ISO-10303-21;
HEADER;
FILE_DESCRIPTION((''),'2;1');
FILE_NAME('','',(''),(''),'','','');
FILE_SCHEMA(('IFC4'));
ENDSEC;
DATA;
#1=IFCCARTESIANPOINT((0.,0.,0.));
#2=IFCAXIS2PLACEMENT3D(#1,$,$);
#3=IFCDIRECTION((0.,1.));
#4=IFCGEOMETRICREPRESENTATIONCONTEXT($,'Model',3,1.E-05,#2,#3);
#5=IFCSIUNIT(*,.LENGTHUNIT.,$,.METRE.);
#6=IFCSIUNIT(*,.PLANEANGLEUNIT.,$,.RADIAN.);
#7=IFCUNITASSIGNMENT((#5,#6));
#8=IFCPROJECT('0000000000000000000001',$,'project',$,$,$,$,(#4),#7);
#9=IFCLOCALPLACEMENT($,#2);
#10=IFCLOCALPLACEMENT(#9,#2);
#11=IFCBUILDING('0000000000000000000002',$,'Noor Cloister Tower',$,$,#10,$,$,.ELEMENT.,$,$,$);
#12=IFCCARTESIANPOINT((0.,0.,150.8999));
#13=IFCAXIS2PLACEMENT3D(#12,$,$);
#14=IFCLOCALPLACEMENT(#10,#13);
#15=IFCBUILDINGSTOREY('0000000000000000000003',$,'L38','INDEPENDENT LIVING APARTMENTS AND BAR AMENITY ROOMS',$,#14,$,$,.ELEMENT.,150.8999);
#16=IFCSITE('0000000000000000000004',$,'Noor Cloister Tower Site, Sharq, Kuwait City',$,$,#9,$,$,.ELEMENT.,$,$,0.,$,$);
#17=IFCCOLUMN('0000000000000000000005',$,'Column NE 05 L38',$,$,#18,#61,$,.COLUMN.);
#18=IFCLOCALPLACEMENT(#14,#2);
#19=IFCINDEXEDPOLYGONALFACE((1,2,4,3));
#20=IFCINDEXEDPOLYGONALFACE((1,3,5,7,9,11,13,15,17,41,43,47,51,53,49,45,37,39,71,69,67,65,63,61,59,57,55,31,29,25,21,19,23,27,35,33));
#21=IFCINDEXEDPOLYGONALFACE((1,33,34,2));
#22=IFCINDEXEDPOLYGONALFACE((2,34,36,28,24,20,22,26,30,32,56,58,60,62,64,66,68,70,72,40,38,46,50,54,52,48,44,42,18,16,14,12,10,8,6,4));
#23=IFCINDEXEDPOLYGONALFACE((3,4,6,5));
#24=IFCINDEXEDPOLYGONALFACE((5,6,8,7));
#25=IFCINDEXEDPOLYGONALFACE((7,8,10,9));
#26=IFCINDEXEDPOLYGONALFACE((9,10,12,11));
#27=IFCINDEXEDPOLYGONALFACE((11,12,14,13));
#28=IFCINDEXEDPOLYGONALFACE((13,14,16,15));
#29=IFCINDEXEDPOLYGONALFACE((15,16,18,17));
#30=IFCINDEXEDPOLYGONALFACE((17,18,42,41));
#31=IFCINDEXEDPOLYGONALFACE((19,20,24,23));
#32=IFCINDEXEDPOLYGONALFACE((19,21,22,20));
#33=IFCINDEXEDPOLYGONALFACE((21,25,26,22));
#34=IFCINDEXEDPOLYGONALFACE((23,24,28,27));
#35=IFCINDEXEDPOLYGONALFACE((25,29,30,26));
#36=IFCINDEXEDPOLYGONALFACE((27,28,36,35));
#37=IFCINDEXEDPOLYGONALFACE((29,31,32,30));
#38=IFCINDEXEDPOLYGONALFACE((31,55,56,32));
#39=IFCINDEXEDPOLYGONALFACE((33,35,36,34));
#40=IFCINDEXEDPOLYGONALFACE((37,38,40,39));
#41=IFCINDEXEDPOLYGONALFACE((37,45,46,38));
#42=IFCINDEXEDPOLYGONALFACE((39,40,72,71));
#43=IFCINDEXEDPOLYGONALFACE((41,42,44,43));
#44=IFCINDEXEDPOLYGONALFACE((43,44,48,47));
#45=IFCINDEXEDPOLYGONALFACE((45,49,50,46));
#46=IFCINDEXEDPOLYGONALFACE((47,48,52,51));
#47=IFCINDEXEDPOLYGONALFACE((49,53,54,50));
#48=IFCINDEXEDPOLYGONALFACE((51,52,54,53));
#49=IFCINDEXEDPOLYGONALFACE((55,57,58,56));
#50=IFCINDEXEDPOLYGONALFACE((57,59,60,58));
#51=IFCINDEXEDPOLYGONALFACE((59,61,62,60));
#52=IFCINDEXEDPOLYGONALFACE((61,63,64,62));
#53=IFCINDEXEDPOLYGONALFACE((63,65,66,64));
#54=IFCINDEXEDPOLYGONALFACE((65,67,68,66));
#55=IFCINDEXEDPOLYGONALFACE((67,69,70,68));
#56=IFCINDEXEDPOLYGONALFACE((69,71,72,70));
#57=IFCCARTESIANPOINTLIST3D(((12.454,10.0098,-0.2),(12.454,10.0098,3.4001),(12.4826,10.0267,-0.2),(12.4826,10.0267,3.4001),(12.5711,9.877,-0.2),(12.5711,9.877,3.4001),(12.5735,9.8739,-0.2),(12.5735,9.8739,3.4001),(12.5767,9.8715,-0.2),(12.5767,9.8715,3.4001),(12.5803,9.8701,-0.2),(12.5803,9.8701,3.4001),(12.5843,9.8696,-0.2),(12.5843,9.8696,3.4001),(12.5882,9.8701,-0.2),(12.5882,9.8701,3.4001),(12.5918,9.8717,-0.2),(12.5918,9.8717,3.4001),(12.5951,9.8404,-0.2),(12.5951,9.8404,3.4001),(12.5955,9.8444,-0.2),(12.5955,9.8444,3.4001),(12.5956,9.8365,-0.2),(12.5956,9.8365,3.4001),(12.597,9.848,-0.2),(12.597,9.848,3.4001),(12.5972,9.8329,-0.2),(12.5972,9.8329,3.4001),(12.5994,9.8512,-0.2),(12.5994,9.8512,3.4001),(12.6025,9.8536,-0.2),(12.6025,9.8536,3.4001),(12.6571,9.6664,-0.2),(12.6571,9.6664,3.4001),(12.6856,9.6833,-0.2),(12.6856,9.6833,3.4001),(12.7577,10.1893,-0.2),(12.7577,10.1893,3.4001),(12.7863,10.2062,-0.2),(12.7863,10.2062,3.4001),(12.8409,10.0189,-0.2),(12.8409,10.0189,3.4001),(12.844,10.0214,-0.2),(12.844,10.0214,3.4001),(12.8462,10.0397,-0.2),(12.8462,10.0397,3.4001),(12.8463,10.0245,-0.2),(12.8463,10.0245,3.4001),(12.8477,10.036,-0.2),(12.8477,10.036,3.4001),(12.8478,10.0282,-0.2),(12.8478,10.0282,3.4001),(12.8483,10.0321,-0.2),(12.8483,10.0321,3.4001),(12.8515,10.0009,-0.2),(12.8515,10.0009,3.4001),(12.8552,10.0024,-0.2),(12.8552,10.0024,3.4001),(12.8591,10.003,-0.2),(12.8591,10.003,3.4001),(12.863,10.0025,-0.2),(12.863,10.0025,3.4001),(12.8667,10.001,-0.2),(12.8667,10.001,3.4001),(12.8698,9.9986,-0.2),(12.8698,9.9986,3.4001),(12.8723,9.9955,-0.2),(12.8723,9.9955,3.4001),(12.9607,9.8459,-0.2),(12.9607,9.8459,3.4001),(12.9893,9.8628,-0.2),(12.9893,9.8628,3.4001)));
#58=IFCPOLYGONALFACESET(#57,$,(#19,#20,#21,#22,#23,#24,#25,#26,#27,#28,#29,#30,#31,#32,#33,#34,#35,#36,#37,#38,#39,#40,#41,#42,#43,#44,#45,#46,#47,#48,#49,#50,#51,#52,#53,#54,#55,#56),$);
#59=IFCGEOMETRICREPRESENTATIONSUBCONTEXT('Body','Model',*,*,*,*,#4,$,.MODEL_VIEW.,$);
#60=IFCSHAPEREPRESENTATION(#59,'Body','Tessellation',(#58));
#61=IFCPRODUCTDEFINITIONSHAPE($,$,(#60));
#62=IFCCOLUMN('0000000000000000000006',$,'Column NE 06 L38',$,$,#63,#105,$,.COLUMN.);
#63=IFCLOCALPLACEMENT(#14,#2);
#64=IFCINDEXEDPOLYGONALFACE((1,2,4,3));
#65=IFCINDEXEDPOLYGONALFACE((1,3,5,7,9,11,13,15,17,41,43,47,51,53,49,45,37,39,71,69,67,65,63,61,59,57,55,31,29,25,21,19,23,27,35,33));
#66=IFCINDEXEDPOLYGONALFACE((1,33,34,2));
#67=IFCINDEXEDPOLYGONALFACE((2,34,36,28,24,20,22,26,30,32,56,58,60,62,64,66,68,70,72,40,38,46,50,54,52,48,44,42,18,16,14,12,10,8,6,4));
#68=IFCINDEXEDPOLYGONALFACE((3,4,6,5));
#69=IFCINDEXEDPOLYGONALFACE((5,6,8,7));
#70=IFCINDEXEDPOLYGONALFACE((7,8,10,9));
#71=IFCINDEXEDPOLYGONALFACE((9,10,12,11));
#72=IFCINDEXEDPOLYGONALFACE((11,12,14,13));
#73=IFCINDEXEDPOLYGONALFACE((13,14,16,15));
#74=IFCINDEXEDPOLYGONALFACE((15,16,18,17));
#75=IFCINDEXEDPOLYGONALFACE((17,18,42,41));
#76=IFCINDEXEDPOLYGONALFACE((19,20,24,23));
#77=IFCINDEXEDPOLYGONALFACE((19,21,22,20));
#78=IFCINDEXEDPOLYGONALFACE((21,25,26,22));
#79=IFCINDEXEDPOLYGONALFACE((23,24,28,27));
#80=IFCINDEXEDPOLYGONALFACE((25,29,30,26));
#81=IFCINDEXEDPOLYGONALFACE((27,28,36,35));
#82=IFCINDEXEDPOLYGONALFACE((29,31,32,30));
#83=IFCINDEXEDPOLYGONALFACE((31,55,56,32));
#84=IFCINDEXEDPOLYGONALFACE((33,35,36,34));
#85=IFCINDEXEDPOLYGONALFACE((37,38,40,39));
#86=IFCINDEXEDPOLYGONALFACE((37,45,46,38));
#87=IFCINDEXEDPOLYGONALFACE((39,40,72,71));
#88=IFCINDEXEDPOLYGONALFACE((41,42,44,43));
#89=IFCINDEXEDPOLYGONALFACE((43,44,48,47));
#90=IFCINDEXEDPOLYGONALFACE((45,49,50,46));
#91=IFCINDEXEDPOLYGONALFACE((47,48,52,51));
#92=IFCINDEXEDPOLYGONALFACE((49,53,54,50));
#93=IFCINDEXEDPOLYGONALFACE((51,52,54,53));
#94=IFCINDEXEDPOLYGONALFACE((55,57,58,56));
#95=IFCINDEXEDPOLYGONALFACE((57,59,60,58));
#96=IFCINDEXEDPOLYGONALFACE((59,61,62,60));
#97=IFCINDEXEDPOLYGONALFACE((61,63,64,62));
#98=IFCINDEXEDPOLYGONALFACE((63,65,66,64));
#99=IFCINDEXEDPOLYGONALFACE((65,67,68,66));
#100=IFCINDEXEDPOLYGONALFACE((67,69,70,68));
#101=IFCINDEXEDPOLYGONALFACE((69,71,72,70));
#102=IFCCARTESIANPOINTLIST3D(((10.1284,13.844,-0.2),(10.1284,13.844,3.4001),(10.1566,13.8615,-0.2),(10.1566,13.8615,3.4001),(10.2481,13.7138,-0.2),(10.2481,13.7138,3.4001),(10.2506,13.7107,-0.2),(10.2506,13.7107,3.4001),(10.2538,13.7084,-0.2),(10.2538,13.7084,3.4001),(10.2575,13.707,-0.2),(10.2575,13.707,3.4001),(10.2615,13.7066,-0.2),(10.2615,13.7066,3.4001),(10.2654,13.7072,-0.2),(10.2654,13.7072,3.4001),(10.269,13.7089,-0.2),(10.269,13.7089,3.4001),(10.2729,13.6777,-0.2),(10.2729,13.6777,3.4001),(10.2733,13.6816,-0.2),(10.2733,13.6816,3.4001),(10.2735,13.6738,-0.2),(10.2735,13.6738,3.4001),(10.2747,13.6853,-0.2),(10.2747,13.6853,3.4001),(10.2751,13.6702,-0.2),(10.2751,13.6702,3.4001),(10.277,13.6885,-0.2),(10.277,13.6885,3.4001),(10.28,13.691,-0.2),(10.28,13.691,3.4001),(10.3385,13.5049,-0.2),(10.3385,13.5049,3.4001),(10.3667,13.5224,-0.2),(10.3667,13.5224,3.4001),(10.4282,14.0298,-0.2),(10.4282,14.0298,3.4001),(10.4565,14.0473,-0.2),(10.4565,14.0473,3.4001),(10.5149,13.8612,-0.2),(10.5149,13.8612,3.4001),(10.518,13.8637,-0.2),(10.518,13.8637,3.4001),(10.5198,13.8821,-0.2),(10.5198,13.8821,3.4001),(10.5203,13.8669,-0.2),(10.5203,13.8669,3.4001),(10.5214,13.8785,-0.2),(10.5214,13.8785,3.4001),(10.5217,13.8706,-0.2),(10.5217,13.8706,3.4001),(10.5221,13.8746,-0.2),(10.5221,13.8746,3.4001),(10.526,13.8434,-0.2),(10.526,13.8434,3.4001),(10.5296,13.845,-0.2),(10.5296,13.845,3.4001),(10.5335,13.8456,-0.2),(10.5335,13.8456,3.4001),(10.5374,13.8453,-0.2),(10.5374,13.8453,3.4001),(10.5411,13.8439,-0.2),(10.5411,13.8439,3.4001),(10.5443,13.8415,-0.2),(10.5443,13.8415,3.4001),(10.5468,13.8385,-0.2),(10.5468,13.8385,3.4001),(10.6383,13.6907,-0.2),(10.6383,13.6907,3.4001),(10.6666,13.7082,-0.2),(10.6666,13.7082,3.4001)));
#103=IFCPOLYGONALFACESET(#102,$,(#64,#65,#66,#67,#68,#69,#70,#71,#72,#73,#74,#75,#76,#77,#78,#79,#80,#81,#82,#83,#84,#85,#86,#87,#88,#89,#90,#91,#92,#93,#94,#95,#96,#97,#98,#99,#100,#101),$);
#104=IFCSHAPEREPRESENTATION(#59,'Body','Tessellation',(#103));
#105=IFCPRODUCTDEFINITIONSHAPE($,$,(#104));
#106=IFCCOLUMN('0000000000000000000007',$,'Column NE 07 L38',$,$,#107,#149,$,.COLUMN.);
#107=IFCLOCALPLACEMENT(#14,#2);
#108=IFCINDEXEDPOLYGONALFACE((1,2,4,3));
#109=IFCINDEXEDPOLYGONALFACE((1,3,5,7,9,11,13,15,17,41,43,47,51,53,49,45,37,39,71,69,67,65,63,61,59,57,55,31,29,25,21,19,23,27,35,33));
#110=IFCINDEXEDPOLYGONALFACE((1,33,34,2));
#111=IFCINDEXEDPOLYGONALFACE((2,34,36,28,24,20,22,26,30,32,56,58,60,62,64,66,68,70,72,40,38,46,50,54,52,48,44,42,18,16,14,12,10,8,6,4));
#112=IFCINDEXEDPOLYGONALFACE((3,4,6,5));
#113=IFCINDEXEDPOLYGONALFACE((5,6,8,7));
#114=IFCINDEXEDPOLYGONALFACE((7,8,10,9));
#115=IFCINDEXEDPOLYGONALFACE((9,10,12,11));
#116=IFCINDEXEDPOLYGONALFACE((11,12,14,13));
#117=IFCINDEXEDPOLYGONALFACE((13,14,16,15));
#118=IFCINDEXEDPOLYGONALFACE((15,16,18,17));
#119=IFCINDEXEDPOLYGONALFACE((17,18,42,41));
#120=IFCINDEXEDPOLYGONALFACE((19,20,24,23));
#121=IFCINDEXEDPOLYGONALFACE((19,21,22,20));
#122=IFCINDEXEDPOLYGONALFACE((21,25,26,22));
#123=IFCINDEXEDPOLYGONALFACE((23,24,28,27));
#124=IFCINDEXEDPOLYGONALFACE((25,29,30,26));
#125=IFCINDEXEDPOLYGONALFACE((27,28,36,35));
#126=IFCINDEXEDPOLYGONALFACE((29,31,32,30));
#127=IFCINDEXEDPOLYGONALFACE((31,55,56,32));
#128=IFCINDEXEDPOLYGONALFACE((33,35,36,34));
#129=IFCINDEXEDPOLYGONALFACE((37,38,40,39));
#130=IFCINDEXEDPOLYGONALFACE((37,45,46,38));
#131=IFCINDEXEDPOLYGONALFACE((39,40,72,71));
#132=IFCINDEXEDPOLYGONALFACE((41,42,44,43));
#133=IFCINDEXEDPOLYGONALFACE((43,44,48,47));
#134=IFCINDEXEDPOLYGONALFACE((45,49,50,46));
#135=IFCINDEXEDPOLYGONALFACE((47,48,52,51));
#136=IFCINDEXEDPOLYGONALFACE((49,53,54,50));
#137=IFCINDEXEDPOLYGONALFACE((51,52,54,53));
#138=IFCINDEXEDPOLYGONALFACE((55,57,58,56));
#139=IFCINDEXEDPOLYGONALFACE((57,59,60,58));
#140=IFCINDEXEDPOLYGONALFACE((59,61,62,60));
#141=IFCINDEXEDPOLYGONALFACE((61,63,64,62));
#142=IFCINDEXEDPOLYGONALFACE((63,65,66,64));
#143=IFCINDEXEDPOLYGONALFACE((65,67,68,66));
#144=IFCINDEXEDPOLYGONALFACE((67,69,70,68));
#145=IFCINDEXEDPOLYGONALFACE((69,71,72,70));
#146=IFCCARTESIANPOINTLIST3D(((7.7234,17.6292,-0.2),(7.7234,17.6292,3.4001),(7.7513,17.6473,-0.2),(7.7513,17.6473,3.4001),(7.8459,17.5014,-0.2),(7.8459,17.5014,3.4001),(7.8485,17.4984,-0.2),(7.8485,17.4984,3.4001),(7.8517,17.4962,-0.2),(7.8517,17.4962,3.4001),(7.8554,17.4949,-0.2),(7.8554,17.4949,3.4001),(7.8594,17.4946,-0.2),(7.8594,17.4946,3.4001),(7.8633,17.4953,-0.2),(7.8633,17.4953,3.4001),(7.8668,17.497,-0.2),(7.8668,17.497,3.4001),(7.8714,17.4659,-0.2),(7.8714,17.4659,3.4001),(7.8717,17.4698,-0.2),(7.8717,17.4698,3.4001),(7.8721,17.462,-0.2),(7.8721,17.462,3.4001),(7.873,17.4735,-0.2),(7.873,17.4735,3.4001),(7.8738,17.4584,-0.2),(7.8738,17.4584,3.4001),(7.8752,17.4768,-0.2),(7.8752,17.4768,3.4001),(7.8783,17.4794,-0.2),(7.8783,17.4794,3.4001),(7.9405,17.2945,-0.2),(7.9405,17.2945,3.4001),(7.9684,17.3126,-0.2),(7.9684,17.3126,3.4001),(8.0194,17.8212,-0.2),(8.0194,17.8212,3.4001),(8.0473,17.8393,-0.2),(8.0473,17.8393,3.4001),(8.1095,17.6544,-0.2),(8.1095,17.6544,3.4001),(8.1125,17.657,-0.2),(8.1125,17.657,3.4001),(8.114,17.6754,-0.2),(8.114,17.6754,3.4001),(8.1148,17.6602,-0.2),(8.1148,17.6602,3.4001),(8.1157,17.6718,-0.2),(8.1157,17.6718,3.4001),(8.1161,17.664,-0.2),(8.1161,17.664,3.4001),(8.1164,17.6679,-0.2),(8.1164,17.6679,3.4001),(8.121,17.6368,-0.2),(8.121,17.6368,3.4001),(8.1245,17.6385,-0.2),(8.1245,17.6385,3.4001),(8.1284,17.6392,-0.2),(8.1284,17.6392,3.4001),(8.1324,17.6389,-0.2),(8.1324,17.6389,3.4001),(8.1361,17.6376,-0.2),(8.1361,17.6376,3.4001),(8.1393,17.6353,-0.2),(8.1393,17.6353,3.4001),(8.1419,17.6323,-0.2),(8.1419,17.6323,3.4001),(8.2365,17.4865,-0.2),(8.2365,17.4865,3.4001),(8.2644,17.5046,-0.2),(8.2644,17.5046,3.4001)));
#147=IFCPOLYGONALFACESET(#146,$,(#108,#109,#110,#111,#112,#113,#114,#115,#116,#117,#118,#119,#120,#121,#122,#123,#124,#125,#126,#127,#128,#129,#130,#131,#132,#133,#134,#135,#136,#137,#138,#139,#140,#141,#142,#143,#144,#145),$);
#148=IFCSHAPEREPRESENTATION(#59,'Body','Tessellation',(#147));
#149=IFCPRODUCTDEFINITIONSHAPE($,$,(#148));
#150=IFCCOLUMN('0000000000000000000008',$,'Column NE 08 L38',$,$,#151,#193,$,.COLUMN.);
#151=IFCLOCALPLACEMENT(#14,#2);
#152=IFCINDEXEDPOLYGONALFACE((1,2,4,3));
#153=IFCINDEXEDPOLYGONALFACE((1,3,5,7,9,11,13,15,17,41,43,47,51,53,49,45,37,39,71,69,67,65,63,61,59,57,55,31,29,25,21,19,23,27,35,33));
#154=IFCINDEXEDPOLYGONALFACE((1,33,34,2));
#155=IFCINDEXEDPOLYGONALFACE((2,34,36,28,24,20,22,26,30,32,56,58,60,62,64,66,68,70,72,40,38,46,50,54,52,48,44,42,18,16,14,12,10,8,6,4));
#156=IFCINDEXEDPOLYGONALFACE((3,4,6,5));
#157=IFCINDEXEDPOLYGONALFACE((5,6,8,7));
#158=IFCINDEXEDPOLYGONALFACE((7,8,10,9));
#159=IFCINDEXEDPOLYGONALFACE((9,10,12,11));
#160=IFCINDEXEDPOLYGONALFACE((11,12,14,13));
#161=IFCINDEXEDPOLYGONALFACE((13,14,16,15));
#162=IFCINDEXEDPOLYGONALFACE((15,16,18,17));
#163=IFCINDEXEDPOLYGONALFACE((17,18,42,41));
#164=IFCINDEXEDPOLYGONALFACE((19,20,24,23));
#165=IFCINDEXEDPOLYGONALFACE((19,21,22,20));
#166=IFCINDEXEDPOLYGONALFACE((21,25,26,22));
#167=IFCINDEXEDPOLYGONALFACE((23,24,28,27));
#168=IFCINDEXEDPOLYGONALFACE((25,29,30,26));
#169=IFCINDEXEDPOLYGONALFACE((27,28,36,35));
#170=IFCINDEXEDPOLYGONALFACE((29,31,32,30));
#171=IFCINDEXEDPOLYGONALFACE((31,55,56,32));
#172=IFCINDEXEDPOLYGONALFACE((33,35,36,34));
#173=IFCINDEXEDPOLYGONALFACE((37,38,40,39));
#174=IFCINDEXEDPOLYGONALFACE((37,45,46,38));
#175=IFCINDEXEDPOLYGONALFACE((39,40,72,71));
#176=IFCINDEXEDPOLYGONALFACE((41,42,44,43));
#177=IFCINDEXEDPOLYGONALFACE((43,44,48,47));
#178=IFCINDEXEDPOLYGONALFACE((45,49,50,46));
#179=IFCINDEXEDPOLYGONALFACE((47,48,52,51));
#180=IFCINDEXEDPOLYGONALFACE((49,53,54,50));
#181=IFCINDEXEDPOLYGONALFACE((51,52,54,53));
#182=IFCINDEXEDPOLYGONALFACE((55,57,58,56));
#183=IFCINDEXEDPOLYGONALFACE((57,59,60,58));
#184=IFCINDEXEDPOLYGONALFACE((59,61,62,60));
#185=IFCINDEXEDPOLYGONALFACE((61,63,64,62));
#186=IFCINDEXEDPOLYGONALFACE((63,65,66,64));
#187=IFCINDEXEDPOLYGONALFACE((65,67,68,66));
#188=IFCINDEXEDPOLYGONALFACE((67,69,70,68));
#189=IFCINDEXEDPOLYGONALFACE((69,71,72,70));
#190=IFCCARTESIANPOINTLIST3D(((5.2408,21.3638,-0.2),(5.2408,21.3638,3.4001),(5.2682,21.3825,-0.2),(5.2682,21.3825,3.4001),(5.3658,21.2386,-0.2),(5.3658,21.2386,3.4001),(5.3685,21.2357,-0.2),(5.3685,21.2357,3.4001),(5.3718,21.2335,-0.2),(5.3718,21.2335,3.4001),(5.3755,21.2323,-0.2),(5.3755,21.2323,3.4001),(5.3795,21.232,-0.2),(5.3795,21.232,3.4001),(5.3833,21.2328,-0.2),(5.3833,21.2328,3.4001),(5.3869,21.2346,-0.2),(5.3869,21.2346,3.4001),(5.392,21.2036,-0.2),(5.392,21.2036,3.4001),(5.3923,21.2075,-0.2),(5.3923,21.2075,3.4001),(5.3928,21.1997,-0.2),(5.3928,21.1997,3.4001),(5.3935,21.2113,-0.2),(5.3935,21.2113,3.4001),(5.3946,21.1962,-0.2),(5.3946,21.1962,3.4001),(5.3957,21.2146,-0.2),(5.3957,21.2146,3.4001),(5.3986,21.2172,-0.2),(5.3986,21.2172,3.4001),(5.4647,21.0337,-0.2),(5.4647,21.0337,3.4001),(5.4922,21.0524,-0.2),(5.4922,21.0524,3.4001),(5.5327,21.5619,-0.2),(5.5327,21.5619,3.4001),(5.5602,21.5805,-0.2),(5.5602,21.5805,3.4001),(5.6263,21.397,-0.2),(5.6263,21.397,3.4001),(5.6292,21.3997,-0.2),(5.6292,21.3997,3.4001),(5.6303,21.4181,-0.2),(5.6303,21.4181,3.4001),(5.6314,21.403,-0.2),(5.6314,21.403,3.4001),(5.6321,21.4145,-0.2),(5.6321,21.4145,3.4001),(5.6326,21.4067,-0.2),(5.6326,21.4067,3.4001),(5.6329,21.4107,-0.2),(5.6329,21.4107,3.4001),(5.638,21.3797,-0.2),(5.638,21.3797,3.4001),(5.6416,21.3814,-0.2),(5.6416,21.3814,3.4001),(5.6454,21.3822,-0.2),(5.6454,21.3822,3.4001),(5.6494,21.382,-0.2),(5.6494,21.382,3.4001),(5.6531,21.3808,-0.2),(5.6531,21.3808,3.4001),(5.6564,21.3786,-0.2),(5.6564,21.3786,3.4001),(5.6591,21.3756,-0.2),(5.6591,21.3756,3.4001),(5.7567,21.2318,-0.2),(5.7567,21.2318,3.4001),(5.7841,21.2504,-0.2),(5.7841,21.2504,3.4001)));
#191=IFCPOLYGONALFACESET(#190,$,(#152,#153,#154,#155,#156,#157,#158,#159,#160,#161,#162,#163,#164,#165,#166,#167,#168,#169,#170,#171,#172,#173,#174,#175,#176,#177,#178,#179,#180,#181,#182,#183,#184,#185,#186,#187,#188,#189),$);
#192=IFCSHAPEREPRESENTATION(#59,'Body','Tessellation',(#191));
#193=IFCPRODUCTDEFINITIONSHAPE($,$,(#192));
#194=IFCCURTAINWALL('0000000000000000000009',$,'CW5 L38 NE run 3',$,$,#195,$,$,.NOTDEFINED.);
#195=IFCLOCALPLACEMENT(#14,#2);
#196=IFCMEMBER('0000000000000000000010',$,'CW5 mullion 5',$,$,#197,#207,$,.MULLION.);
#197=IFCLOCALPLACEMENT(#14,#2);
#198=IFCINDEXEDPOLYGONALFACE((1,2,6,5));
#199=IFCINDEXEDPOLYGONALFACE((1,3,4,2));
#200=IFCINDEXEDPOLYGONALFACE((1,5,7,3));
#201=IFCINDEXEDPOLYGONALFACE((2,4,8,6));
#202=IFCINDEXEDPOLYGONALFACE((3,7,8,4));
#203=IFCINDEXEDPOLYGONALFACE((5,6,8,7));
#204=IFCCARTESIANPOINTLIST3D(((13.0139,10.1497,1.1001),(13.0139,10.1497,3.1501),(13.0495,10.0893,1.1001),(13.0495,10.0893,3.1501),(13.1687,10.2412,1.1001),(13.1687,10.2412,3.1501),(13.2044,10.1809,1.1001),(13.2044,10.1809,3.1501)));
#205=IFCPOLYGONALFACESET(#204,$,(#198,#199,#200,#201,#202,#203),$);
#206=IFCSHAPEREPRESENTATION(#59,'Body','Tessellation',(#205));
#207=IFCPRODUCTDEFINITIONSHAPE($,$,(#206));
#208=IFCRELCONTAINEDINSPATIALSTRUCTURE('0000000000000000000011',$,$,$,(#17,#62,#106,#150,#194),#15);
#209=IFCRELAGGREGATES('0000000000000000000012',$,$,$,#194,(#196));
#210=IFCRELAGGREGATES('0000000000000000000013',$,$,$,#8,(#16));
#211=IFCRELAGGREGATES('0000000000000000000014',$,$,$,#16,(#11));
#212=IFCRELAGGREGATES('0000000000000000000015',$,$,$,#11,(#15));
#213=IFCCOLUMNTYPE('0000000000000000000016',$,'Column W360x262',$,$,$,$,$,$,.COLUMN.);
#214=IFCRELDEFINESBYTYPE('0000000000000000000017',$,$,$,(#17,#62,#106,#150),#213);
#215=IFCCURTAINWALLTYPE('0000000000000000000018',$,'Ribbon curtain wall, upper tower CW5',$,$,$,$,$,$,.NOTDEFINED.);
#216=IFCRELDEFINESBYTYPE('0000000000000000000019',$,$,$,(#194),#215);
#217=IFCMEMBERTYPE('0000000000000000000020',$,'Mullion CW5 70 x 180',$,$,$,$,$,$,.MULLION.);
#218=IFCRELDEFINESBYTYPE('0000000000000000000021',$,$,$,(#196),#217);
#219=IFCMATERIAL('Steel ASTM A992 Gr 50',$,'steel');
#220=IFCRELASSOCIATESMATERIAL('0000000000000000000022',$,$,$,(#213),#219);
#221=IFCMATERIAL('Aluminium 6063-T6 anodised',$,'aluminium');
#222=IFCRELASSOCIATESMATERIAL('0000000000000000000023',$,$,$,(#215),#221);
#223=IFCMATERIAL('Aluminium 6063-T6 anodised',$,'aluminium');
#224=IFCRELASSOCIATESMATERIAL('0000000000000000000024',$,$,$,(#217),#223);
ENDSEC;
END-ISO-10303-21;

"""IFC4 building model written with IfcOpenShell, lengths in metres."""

from ifc_helpers import new_model, si_unit, direction, frame, origin, origin_2d, place, context, subcontext, project, spatial, rectangle, i_section, extrude, material, material_profile, profile_set, type_object, element, aggregate, save


model = new_model("IFC4")

# Units and contexts
model_context = context("Model", 3, precision=1e-05, world=origin(), true_north=direction((0.0, 1.0)))
body_context = subcontext(model_context, "Body", "Model", "MODEL_VIEW")
ifc_project = project(units=[si_unit("LENGTHUNIT", "METRE"), si_unit("PLANEANGLEUNIT", "RADIAN")], contexts=[model_context])

# Site, building, storey
site_placement = place(None, origin())
site = spatial("IfcSite", under=ifc_project, at=site_placement, Name="Noor Cloister Tower Site, Sharq, Kuwait City", CompositionType="ELEMENT", RefElevation=0.0)
building_placement = place(site_placement, origin())
building = spatial("IfcBuilding", under=site, at=building_placement, Name="Noor Cloister Tower", CompositionType="ELEMENT")
storey_placement = place(building_placement, frame((0.0, 0.0, 150.8999)))
storey = spatial("IfcBuildingStorey", under=building, at=storey_placement, Name="L38", Description="INDEPENDENT LIVING APARTMENTS AND BAR AMENITY ROOMS", CompositionType="ELEMENT", Elevation=150.8999)

# Columns
ifc_material_1 = material(Name="Steel ASTM A992 Gr 50", Category="steel")
ifc_material_profile_1 = material_profile(ifc_material_1, i_section(OverallWidth=0.3989, OverallDepth=0.386, WebThickness=0.021, FlangeThickness=0.0332, FilletRadius=0.0151, at=origin_2d()), Name="W360x262")
ifc_profile_set_1 = profile_set([ifc_material_profile_1], Name="Steel ASTM A992 Gr 50")
column_type = type_object("IfcColumnType", Name="Column W360x262", PredefinedType="COLUMN", material=ifc_profile_set_1)
for number, where, z_axis, x_axis, name in (
    (1, (12.7217, 9.9363, -0.2), (0.0, 0.0, 1.0), (-0.508949, 0.860797, 0.0), "Column NE 05 L38"),
    (2, (10.3975, 13.7761, -0.2), (0.0, 0.0, 1.0), (-0.526681, 0.850063, 0.0), "Column NE 06 L38"),
    (3, (7.9939, 17.5669, -0.2), (0.0, 0.0, 1.0), (-0.544188, 0.838964, 0.0), "Column NE 07 L38"),
    (4, (5.5125, 21.3071, -0.2), (0.0, 0.0, 1.0), (-0.56146, 0.827504, 0.0), "Column NE 08 L38"),
):
    element("IfcColumn", number, at=place(storey_placement, frame(where, z_axis=z_axis, x_axis=x_axis)), inside=storey, type_object=column_type, Name=name, PredefinedType="COLUMN", context=body_context, shape_type="SweptSolid", body=[
        extrude(i_section(OverallWidth=0.3989, OverallDepth=0.386, WebThickness=0.021, FlangeThickness=0.0332, FilletRadius=0.0151, at=origin_2d()), origin(), (0.0, 0.0, 1.0), 3.6001),
    ])

# Curtain wall, member
ifc_material_2 = material(Name="Aluminium 6063-T6 anodised", Category="aluminium")
curtain_wall_type = type_object("IfcCurtainWallType", Name="Ribbon curtain wall, upper tower CW5", PredefinedType="NOTDEFINED", material=ifc_material_2)
curtain_wall_placement = place(storey_placement, origin())
curtain_wall = element("IfcCurtainWall", 5, at=curtain_wall_placement, inside=storey, type_object=curtain_wall_type, Name="CW5 L38 NE run 3", PredefinedType="NOTDEFINED")
ifc_material_3 = material(Name="Aluminium 6063-T6 anodised", Category="aluminium")
ifc_material_profile_2 = material_profile(ifc_material_3, rectangle(XDim=0.1799, YDim=0.0701, at=origin_2d()), Name="180 x 70 mullion")
ifc_profile_set_2 = profile_set([ifc_material_profile_2], Name="Aluminium 6063-T6 anodised")
member_type = type_object("IfcMemberType", Name="Mullion CW5 70 x 180", PredefinedType="MULLION", material=ifc_profile_set_2)
member_1_placement = place(storey_placement, frame((13.1091, 10.1653, 1.1001), z_axis=(0.0, 0.0, 1.0), x_axis=(-0.860797, -0.508949, 0.0)))
member_1 = element("IfcMember", 6, at=member_1_placement, type_object=member_type, Name="CW5 mullion 5", PredefinedType="MULLION", context=body_context, shape_type="SweptSolid", body=[
    extrude(rectangle(XDim=0.1799, YDim=0.0701, at=origin_2d()), origin(), (0.0, 0.0, 1.0), 2.05),
])

aggregate(curtain_wall, [member_1])

save(model, "model.ifc")
